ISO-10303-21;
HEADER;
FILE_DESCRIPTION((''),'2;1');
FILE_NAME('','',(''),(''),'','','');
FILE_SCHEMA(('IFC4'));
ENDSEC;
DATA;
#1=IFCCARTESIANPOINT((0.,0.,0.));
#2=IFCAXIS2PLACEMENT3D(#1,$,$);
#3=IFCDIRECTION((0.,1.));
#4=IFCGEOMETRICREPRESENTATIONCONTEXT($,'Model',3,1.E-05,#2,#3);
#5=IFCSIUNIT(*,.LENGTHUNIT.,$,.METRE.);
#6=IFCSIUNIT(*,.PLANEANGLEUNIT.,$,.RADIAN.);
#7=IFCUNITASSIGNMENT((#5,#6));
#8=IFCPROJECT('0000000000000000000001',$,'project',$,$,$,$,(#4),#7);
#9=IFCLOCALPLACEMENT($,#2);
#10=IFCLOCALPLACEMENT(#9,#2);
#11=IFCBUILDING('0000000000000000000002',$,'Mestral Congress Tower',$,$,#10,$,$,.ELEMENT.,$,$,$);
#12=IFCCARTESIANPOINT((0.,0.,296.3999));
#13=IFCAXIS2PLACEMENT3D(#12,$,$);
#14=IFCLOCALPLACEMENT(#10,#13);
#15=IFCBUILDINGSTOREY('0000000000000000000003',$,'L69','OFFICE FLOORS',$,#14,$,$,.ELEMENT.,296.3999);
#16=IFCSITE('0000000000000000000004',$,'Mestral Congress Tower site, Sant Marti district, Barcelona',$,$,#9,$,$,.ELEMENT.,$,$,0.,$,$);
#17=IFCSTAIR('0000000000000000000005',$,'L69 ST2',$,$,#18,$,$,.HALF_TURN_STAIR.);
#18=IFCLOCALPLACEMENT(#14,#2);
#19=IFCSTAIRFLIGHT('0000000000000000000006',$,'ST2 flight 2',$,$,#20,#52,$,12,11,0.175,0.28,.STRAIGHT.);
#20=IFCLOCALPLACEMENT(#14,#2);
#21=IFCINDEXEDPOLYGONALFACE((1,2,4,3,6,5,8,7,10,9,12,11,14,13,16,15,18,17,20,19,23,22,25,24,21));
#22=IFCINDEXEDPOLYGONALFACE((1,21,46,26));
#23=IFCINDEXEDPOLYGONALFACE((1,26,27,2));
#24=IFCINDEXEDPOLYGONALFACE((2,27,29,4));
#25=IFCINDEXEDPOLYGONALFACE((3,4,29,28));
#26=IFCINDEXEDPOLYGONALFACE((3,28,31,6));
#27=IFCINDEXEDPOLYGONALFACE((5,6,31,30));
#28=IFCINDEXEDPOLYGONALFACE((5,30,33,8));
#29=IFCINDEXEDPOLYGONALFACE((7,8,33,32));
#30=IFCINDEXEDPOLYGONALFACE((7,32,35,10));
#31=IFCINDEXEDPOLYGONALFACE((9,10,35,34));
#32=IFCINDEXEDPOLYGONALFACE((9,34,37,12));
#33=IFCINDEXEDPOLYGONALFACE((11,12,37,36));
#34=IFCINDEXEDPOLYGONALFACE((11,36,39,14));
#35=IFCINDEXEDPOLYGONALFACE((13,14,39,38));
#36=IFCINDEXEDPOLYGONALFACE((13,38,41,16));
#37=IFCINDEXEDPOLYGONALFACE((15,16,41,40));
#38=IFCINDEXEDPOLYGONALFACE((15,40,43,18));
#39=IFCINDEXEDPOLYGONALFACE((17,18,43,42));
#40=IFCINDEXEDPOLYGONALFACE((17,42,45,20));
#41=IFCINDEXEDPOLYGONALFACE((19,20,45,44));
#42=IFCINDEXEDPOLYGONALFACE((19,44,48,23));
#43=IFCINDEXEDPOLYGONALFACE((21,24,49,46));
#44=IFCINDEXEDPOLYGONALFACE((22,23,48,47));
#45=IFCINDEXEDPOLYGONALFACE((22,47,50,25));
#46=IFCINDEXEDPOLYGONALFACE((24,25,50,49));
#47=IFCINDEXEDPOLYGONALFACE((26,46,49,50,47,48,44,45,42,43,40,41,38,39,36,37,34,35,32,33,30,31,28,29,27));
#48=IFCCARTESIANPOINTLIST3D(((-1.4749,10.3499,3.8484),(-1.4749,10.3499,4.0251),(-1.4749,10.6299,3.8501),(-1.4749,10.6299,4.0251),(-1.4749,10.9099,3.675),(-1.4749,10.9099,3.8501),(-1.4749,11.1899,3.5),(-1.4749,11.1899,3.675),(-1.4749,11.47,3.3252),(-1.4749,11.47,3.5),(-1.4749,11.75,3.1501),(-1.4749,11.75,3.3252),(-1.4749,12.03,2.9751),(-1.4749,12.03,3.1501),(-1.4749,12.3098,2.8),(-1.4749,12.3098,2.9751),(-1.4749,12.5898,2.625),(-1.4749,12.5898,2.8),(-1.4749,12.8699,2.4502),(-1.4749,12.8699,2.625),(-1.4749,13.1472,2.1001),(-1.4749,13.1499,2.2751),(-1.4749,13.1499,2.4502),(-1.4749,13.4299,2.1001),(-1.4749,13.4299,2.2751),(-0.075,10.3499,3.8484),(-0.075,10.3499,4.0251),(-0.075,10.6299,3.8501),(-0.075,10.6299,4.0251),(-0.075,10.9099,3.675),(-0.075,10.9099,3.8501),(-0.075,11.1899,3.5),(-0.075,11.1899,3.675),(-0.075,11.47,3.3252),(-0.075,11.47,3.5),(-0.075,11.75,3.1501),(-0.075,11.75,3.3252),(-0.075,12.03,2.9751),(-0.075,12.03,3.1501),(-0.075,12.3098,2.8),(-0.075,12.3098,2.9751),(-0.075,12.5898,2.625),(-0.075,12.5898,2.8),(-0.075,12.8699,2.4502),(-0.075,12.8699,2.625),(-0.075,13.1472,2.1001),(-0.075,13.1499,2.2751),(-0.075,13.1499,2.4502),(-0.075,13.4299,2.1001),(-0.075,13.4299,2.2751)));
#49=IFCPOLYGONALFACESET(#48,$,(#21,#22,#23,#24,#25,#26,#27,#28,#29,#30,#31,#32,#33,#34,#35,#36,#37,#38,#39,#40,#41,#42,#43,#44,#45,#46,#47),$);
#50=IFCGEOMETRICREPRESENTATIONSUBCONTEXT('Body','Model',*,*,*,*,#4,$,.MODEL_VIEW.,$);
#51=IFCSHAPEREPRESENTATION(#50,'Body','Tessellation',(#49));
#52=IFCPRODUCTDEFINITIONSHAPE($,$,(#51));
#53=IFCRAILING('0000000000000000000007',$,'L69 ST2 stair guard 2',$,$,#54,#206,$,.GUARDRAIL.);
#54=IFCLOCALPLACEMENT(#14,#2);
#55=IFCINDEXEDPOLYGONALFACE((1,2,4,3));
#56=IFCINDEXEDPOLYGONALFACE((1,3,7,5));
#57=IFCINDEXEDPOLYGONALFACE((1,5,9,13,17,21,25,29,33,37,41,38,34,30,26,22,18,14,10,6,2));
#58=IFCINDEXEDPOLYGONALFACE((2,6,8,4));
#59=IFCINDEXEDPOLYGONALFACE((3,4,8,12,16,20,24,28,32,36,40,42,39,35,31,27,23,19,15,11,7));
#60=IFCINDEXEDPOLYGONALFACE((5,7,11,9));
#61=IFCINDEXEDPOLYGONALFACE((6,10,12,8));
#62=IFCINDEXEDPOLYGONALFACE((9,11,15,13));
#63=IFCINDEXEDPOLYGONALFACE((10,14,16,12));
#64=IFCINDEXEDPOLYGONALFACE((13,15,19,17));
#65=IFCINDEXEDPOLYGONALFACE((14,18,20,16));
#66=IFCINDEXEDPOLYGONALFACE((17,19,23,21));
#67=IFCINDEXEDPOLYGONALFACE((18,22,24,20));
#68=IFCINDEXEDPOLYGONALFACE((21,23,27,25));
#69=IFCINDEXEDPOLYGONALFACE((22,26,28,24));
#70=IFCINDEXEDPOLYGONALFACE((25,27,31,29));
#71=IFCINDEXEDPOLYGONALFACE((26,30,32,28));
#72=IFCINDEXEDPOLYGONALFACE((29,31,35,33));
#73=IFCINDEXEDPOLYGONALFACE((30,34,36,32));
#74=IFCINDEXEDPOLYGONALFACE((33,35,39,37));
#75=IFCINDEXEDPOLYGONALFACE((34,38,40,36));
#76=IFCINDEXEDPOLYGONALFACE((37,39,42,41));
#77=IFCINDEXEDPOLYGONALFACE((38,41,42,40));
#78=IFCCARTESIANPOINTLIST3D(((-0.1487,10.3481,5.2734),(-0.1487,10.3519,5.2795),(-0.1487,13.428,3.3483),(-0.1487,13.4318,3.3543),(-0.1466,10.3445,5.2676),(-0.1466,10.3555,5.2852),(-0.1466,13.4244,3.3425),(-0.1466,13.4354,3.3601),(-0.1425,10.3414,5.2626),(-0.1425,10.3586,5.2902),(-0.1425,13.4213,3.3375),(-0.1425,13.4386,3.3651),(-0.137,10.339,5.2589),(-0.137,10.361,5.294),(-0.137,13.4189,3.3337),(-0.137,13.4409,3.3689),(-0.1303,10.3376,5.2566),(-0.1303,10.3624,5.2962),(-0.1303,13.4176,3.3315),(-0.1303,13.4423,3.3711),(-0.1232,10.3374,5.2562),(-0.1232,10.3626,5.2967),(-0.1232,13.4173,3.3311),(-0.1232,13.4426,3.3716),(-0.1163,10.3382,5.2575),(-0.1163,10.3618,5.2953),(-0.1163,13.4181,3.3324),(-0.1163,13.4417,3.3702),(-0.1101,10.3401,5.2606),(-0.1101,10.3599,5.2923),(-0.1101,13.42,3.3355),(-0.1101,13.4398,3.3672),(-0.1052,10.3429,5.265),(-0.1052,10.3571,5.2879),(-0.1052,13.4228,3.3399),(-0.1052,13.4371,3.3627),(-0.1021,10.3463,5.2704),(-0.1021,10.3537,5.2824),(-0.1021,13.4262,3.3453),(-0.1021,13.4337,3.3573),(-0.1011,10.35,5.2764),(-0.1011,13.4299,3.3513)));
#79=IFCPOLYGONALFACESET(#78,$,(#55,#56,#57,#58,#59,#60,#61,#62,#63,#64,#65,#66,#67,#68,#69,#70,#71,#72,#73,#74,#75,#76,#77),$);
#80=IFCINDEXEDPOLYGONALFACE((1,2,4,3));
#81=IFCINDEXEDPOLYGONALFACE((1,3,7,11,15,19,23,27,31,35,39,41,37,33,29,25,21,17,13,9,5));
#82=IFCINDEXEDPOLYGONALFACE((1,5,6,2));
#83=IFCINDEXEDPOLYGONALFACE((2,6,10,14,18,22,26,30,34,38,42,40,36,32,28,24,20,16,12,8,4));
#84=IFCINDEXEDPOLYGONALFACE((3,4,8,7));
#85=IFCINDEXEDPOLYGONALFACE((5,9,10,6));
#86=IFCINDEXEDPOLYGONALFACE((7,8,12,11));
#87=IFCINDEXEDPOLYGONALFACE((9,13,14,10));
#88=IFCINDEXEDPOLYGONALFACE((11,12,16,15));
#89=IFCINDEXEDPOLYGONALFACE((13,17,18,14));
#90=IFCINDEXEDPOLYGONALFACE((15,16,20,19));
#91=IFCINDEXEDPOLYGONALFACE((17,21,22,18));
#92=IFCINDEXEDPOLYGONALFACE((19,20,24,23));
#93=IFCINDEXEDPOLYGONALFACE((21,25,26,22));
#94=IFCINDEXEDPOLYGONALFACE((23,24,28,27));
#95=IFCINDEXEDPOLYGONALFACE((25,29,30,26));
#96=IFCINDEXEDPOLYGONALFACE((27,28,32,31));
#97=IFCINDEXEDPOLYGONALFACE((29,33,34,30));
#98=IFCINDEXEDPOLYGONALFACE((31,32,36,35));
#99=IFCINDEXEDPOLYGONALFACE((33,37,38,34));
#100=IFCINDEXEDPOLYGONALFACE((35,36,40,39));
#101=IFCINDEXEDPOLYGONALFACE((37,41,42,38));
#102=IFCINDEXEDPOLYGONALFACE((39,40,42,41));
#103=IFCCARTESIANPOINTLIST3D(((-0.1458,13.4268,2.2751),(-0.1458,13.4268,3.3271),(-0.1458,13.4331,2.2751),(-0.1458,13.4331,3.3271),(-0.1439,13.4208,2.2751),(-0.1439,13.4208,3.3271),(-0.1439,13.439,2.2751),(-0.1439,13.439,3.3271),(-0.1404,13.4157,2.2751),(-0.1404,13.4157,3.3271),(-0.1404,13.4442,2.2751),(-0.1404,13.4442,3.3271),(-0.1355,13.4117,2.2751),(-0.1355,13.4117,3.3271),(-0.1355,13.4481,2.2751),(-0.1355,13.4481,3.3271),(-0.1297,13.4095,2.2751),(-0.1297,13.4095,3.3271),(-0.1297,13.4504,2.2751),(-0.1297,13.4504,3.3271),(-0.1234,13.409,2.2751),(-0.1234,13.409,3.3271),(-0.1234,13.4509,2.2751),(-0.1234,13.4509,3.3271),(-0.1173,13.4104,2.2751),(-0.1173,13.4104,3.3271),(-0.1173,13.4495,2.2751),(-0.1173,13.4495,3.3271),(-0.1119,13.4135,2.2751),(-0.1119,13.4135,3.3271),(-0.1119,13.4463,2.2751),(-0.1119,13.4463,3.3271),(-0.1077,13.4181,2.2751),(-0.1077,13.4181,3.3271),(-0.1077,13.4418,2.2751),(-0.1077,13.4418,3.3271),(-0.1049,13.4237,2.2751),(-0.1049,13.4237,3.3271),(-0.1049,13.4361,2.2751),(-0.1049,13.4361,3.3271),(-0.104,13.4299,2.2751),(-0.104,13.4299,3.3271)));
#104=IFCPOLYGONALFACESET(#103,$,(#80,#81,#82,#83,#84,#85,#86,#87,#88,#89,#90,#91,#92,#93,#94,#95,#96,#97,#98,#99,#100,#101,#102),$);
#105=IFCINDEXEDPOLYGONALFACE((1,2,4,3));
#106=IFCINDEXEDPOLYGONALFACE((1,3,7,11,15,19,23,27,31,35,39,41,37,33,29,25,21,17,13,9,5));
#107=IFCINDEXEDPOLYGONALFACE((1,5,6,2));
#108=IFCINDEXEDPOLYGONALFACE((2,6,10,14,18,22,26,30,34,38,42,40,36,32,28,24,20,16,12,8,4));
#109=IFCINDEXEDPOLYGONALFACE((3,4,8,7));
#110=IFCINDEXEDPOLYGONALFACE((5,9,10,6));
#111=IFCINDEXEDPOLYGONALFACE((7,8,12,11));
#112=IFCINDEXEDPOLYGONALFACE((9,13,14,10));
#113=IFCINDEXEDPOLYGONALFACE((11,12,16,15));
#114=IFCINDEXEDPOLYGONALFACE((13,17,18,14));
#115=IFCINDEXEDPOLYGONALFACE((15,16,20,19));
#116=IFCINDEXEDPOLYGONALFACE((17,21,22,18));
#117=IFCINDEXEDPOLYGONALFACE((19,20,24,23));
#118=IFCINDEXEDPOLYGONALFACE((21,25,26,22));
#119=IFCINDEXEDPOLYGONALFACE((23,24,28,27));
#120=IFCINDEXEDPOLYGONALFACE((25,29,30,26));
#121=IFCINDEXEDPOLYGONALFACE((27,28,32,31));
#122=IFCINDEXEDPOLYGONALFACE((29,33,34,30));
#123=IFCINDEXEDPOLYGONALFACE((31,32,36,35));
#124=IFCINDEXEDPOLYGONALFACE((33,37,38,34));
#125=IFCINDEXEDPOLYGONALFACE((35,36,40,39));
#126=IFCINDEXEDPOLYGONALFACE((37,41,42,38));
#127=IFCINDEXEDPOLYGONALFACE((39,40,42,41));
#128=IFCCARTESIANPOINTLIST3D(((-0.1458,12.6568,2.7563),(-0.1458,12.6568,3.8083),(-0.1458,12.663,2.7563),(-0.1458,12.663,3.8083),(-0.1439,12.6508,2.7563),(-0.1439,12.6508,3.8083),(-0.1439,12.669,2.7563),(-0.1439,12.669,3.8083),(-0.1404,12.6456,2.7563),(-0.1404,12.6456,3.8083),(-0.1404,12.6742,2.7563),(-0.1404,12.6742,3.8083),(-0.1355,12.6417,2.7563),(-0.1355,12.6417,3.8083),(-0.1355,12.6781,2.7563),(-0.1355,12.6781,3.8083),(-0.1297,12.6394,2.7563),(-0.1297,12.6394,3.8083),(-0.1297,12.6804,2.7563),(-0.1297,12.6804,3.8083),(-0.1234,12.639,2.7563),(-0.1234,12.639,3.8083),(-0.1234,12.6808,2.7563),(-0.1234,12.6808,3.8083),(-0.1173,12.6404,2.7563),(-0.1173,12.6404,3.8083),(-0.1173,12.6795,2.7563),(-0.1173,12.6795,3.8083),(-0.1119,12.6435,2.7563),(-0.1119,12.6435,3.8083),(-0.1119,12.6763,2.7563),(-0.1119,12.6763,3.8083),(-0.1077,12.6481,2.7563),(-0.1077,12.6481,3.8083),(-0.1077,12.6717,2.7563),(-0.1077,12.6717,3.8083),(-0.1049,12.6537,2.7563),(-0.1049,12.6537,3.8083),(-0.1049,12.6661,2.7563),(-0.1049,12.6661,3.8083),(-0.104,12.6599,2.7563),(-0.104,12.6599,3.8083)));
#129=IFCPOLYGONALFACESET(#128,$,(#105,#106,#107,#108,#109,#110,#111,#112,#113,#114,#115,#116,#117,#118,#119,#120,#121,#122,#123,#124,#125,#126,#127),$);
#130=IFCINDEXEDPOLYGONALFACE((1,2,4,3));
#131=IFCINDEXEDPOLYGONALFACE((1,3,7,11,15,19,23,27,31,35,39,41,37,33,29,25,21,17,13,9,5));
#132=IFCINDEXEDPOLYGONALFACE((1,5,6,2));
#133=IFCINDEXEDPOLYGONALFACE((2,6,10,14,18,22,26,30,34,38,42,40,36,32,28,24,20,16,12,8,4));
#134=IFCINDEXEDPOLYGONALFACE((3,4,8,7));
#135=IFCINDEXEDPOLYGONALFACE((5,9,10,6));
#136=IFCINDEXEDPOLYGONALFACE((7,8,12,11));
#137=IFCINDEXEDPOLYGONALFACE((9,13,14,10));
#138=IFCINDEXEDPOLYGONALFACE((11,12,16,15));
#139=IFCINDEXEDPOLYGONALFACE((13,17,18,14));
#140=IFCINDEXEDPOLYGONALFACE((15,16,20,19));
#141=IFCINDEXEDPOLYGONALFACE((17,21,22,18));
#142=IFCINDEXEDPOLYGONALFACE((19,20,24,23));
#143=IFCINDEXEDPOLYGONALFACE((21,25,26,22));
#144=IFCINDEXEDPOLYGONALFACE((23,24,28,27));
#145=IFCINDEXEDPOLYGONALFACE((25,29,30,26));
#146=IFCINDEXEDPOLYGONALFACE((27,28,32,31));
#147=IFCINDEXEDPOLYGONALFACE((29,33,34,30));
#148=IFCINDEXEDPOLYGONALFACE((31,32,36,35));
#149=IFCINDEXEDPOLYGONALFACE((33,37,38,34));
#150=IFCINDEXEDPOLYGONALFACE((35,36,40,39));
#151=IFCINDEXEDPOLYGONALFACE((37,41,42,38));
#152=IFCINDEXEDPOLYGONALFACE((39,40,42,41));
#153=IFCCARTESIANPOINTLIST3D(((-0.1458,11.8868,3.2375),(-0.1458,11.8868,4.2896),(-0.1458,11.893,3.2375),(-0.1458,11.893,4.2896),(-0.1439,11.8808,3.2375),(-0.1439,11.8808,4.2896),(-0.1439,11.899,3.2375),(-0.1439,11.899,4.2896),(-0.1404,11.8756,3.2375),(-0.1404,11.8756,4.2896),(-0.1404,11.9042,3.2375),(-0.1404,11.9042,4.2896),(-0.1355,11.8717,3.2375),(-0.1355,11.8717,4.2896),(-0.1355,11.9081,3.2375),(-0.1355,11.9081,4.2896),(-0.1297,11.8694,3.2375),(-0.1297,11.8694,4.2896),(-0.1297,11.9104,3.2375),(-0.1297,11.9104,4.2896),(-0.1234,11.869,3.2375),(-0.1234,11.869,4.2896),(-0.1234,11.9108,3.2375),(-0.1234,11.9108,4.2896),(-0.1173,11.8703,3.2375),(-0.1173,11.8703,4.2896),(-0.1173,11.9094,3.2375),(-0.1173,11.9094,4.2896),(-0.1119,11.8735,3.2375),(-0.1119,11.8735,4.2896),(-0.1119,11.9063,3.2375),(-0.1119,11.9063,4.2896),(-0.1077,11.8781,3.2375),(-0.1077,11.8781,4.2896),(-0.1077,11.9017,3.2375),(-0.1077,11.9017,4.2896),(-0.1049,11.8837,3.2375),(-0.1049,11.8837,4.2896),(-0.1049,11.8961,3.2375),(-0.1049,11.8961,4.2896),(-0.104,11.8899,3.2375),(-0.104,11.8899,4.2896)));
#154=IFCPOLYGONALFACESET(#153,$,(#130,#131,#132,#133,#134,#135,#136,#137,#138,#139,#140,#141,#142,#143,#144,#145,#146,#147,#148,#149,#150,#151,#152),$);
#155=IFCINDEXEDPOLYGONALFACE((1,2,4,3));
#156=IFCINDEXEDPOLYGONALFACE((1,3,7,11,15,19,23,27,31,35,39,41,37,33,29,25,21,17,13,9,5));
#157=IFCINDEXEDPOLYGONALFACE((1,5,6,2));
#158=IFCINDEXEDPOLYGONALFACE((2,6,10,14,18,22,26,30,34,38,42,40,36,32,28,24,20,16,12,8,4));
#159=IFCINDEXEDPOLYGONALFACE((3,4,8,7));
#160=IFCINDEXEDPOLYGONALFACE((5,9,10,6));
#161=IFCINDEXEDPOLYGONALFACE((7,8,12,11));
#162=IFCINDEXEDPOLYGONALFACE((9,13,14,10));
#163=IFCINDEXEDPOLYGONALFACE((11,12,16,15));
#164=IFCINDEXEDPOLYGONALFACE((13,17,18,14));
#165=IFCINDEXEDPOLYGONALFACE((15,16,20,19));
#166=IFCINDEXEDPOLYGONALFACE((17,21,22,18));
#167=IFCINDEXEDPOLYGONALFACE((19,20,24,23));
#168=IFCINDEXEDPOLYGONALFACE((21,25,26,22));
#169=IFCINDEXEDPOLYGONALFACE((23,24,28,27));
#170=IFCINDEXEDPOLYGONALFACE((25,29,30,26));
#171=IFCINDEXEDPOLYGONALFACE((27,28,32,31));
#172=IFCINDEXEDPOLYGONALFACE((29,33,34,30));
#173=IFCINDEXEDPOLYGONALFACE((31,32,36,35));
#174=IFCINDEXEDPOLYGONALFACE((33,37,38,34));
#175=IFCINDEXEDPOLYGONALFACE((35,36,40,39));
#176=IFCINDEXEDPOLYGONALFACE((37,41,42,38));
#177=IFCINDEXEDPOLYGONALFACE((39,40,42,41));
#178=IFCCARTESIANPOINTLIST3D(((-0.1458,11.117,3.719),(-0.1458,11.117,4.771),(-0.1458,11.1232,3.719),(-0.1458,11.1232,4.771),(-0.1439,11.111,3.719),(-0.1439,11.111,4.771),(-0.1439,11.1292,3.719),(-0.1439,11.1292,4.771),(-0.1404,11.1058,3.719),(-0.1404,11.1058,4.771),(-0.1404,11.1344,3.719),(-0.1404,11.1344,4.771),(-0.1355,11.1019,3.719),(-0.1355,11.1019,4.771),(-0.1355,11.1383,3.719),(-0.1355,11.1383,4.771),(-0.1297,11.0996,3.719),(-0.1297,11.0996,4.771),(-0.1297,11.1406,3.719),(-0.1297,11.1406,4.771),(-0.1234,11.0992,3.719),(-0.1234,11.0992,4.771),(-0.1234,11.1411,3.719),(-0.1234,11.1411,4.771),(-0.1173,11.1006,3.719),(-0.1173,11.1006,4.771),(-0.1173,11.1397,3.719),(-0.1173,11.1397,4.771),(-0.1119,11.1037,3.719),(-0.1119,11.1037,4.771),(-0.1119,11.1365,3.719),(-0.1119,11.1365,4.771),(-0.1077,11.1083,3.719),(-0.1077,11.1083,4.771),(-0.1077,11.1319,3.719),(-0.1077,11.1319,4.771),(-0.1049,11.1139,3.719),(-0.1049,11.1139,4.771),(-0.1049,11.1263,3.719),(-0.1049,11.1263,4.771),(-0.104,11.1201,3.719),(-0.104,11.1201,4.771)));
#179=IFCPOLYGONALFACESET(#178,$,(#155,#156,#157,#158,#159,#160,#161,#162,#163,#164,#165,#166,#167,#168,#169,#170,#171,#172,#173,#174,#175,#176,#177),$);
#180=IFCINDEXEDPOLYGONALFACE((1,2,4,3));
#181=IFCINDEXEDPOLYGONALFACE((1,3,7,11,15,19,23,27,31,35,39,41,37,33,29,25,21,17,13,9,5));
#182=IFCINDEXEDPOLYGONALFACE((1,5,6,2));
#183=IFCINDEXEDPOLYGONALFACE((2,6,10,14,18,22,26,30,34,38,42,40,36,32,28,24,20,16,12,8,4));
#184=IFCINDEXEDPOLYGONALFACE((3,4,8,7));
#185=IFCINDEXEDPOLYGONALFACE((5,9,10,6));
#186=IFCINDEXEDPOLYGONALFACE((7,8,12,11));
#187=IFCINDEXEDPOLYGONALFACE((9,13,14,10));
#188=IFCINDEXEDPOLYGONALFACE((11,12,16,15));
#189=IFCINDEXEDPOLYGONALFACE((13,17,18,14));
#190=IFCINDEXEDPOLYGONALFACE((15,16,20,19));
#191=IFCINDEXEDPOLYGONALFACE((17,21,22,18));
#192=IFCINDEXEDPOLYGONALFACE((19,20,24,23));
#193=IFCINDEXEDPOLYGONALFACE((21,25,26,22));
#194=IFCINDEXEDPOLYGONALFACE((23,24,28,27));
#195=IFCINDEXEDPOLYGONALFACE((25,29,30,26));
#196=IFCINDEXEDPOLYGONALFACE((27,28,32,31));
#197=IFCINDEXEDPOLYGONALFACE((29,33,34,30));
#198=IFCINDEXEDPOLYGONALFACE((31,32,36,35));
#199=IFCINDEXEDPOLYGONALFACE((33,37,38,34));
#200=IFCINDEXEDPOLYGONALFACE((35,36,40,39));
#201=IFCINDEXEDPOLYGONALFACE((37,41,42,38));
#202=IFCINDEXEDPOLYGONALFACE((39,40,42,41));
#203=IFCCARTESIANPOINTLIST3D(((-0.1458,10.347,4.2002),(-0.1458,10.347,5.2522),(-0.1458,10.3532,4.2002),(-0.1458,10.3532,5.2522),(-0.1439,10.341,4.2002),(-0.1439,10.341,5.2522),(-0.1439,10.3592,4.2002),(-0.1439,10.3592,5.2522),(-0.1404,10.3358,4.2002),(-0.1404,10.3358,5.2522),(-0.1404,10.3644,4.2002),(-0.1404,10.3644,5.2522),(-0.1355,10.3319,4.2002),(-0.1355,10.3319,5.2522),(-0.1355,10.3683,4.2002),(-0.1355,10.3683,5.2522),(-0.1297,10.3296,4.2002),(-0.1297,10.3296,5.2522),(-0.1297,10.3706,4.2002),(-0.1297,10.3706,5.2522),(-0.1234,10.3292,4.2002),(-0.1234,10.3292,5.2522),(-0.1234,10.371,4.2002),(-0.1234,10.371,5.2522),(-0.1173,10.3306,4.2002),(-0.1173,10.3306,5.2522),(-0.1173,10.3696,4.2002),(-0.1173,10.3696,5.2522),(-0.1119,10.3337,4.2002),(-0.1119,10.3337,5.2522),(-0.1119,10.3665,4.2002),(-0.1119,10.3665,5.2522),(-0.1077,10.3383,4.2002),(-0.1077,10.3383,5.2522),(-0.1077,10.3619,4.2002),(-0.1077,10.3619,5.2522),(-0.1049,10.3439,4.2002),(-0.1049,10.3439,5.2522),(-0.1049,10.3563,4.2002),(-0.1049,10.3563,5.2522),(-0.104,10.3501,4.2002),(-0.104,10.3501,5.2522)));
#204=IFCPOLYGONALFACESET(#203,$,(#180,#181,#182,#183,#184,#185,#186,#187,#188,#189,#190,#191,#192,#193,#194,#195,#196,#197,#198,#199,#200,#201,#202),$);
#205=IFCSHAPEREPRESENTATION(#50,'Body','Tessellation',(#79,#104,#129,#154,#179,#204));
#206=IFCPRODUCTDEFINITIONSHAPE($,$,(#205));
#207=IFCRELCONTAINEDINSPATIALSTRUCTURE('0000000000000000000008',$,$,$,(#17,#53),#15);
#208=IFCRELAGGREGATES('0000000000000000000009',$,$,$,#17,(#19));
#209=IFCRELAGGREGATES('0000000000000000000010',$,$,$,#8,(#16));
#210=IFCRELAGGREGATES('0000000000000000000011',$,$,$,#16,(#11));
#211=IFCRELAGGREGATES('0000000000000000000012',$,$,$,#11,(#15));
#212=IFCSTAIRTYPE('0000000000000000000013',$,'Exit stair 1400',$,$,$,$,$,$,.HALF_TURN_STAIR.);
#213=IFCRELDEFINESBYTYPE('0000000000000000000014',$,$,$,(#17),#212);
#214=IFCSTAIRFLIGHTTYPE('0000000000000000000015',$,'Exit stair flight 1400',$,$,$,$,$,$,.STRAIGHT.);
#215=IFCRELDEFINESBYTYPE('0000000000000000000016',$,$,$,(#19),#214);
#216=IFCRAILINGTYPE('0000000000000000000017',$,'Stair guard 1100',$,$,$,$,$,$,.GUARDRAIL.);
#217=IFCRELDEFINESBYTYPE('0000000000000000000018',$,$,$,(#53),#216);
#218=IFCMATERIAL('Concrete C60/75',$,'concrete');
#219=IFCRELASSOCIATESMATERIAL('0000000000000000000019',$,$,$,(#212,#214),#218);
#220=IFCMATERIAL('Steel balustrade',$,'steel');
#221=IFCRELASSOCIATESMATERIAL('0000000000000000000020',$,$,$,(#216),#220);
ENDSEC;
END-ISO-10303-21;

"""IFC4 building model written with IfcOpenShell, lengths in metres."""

from ifc_helpers import new_model, si_unit, direction, frame, origin, origin_2d, place, context, subcontext, project, spatial, polyline, circle, outline, extrude, material, type_object, element, aggregate, save


model = new_model("IFC4")

# Units and contexts
model_context = context("Model", 3, precision=1e-05, world=origin(), true_north=direction((0.0, 1.0)))
body_context = subcontext(model_context, "Body", "Model", "MODEL_VIEW")
ifc_project = project(units=[si_unit("LENGTHUNIT", "METRE"), si_unit("PLANEANGLEUNIT", "RADIAN")], contexts=[model_context])

# Site, building, storey
site_placement = place(None, origin())
site = spatial("IfcSite", under=ifc_project, at=site_placement, Name="Mestral Congress Tower site, Sant Marti district, Barcelona", CompositionType="ELEMENT", RefElevation=0.0)
building_placement = place(site_placement, origin())
building = spatial("IfcBuilding", under=site, at=building_placement, Name="Mestral Congress Tower", CompositionType="ELEMENT")
storey_placement = place(building_placement, frame((0.0, 0.0, 296.3999)))
storey = spatial("IfcBuildingStorey", under=building, at=storey_placement, Name="L69", Description="OFFICE FLOORS", CompositionType="ELEMENT", Elevation=296.3999)

# Shared definitions
ifc_material_1 = material(Name="Concrete C60/75", Category="concrete")

# Stair, stair flight
stair_type = type_object("IfcStairType", Name="Exit stair 1400", PredefinedType="HALF_TURN_STAIR", material=ifc_material_1)
stair_placement = place(storey_placement, origin())
stair = element("IfcStair", 1, at=stair_placement, inside=storey, type_object=stair_type, Name="L69 ST2", PredefinedType="HALF_TURN_STAIR")
stair_flight_type = type_object("IfcStairFlightType", Name="Exit stair flight 1400", PredefinedType="STRAIGHT", material=ifc_material_1)
stair_flight_placement = place(storey_placement, frame((-0.7749, 13.4299, 2.1001), z_axis=(0.0, 0.0, 1.0), x_axis=(0.0, -1.0, 0.0)))
stair_flight = element("IfcStairFlight", 2, at=stair_flight_placement, type_object=stair_flight_type, Name="ST2 flight 2", NumberOfRisers=12, NumberOfTreads=11, PredefinedType="STRAIGHT", RiserHeight=0.175, TreadLength=0.28, context=body_context, shape_type="SweptSolid", body=[
    extrude(outline(polyline([(0.0, 0.0), (0.0, 0.175), (0.28, 0.175), (0.28, 0.3501), (0.5601, 0.3501), (0.5601, 0.5249), (0.8401, 0.5249), (0.8401, 0.7), (1.1201, 0.7), (1.1201, 0.875), (1.3999, 0.875), (1.3999, 1.05), (1.6799, 1.05), (1.6799, 1.2251), (1.96, 1.2251), (1.96, 1.3999), (2.24, 1.3999), (2.24, 1.575), (2.52, 1.575), (2.52, 1.75), (2.8, 1.75), (2.8, 1.925), (3.0801, 1.925), (3.0801, 2.1001), (3.0801, 1.7483), (0.2827, 0.0), (0.0, 0.0)])), frame((0.0, 0.7, 0.0), z_axis=(0.0, -1.0, 0.0), x_axis=(1.0, 0.0, 0.0)), (0.0, 0.0, 1.0), 1.3999),
])
aggregate(stair, [stair_flight])

# Railing
ifc_material_2 = material(Name="Steel balustrade", Category="steel")
railing_type = type_object("IfcRailingType", Name="Stair guard 1100", PredefinedType="GUARDRAIL", material=ifc_material_2)
railing_placement = place(storey_placement, frame((-0.125, 13.4299, 2.2751)))
element("IfcRailing", 3, at=railing_placement, inside=storey, type_object=railing_type, Name="L69 ST2 stair guard 2", PredefinedType="GUARDRAIL", context=body_context, shape_type="SweptSolid", body=[
    extrude(circle(Radius=0.0239, at=origin_2d()), frame((0.0, 0.0, 1.0762), z_axis=(0.0, -0.847979, 0.530029), x_axis=(1.0, 0.0, 0.0)), (0.0, 0.0, 1.0), 3.6321),
    extrude(circle(Radius=0.021, at=origin_2d()), origin(), (0.0, 0.0, 1.0), 1.052),
    extrude(circle(Radius=0.021, at=origin_2d()), frame((0.0, -0.77, 0.4812)), (0.0, 0.0, 1.0), 1.052),
    extrude(circle(Radius=0.021, at=origin_2d()), frame((0.0, -1.54, 0.9624)), (0.0, 0.0, 1.0), 1.052),
    extrude(circle(Radius=0.021, at=origin_2d()), frame((0.0, -2.3098, 1.4438)), (0.0, 0.0, 1.0), 1.052),
    extrude(circle(Radius=0.021, at=origin_2d()), frame((0.0, -3.0798, 1.925)), (0.0, 0.0, 1.0), 1.052),
])

save(model, "model.ifc")
